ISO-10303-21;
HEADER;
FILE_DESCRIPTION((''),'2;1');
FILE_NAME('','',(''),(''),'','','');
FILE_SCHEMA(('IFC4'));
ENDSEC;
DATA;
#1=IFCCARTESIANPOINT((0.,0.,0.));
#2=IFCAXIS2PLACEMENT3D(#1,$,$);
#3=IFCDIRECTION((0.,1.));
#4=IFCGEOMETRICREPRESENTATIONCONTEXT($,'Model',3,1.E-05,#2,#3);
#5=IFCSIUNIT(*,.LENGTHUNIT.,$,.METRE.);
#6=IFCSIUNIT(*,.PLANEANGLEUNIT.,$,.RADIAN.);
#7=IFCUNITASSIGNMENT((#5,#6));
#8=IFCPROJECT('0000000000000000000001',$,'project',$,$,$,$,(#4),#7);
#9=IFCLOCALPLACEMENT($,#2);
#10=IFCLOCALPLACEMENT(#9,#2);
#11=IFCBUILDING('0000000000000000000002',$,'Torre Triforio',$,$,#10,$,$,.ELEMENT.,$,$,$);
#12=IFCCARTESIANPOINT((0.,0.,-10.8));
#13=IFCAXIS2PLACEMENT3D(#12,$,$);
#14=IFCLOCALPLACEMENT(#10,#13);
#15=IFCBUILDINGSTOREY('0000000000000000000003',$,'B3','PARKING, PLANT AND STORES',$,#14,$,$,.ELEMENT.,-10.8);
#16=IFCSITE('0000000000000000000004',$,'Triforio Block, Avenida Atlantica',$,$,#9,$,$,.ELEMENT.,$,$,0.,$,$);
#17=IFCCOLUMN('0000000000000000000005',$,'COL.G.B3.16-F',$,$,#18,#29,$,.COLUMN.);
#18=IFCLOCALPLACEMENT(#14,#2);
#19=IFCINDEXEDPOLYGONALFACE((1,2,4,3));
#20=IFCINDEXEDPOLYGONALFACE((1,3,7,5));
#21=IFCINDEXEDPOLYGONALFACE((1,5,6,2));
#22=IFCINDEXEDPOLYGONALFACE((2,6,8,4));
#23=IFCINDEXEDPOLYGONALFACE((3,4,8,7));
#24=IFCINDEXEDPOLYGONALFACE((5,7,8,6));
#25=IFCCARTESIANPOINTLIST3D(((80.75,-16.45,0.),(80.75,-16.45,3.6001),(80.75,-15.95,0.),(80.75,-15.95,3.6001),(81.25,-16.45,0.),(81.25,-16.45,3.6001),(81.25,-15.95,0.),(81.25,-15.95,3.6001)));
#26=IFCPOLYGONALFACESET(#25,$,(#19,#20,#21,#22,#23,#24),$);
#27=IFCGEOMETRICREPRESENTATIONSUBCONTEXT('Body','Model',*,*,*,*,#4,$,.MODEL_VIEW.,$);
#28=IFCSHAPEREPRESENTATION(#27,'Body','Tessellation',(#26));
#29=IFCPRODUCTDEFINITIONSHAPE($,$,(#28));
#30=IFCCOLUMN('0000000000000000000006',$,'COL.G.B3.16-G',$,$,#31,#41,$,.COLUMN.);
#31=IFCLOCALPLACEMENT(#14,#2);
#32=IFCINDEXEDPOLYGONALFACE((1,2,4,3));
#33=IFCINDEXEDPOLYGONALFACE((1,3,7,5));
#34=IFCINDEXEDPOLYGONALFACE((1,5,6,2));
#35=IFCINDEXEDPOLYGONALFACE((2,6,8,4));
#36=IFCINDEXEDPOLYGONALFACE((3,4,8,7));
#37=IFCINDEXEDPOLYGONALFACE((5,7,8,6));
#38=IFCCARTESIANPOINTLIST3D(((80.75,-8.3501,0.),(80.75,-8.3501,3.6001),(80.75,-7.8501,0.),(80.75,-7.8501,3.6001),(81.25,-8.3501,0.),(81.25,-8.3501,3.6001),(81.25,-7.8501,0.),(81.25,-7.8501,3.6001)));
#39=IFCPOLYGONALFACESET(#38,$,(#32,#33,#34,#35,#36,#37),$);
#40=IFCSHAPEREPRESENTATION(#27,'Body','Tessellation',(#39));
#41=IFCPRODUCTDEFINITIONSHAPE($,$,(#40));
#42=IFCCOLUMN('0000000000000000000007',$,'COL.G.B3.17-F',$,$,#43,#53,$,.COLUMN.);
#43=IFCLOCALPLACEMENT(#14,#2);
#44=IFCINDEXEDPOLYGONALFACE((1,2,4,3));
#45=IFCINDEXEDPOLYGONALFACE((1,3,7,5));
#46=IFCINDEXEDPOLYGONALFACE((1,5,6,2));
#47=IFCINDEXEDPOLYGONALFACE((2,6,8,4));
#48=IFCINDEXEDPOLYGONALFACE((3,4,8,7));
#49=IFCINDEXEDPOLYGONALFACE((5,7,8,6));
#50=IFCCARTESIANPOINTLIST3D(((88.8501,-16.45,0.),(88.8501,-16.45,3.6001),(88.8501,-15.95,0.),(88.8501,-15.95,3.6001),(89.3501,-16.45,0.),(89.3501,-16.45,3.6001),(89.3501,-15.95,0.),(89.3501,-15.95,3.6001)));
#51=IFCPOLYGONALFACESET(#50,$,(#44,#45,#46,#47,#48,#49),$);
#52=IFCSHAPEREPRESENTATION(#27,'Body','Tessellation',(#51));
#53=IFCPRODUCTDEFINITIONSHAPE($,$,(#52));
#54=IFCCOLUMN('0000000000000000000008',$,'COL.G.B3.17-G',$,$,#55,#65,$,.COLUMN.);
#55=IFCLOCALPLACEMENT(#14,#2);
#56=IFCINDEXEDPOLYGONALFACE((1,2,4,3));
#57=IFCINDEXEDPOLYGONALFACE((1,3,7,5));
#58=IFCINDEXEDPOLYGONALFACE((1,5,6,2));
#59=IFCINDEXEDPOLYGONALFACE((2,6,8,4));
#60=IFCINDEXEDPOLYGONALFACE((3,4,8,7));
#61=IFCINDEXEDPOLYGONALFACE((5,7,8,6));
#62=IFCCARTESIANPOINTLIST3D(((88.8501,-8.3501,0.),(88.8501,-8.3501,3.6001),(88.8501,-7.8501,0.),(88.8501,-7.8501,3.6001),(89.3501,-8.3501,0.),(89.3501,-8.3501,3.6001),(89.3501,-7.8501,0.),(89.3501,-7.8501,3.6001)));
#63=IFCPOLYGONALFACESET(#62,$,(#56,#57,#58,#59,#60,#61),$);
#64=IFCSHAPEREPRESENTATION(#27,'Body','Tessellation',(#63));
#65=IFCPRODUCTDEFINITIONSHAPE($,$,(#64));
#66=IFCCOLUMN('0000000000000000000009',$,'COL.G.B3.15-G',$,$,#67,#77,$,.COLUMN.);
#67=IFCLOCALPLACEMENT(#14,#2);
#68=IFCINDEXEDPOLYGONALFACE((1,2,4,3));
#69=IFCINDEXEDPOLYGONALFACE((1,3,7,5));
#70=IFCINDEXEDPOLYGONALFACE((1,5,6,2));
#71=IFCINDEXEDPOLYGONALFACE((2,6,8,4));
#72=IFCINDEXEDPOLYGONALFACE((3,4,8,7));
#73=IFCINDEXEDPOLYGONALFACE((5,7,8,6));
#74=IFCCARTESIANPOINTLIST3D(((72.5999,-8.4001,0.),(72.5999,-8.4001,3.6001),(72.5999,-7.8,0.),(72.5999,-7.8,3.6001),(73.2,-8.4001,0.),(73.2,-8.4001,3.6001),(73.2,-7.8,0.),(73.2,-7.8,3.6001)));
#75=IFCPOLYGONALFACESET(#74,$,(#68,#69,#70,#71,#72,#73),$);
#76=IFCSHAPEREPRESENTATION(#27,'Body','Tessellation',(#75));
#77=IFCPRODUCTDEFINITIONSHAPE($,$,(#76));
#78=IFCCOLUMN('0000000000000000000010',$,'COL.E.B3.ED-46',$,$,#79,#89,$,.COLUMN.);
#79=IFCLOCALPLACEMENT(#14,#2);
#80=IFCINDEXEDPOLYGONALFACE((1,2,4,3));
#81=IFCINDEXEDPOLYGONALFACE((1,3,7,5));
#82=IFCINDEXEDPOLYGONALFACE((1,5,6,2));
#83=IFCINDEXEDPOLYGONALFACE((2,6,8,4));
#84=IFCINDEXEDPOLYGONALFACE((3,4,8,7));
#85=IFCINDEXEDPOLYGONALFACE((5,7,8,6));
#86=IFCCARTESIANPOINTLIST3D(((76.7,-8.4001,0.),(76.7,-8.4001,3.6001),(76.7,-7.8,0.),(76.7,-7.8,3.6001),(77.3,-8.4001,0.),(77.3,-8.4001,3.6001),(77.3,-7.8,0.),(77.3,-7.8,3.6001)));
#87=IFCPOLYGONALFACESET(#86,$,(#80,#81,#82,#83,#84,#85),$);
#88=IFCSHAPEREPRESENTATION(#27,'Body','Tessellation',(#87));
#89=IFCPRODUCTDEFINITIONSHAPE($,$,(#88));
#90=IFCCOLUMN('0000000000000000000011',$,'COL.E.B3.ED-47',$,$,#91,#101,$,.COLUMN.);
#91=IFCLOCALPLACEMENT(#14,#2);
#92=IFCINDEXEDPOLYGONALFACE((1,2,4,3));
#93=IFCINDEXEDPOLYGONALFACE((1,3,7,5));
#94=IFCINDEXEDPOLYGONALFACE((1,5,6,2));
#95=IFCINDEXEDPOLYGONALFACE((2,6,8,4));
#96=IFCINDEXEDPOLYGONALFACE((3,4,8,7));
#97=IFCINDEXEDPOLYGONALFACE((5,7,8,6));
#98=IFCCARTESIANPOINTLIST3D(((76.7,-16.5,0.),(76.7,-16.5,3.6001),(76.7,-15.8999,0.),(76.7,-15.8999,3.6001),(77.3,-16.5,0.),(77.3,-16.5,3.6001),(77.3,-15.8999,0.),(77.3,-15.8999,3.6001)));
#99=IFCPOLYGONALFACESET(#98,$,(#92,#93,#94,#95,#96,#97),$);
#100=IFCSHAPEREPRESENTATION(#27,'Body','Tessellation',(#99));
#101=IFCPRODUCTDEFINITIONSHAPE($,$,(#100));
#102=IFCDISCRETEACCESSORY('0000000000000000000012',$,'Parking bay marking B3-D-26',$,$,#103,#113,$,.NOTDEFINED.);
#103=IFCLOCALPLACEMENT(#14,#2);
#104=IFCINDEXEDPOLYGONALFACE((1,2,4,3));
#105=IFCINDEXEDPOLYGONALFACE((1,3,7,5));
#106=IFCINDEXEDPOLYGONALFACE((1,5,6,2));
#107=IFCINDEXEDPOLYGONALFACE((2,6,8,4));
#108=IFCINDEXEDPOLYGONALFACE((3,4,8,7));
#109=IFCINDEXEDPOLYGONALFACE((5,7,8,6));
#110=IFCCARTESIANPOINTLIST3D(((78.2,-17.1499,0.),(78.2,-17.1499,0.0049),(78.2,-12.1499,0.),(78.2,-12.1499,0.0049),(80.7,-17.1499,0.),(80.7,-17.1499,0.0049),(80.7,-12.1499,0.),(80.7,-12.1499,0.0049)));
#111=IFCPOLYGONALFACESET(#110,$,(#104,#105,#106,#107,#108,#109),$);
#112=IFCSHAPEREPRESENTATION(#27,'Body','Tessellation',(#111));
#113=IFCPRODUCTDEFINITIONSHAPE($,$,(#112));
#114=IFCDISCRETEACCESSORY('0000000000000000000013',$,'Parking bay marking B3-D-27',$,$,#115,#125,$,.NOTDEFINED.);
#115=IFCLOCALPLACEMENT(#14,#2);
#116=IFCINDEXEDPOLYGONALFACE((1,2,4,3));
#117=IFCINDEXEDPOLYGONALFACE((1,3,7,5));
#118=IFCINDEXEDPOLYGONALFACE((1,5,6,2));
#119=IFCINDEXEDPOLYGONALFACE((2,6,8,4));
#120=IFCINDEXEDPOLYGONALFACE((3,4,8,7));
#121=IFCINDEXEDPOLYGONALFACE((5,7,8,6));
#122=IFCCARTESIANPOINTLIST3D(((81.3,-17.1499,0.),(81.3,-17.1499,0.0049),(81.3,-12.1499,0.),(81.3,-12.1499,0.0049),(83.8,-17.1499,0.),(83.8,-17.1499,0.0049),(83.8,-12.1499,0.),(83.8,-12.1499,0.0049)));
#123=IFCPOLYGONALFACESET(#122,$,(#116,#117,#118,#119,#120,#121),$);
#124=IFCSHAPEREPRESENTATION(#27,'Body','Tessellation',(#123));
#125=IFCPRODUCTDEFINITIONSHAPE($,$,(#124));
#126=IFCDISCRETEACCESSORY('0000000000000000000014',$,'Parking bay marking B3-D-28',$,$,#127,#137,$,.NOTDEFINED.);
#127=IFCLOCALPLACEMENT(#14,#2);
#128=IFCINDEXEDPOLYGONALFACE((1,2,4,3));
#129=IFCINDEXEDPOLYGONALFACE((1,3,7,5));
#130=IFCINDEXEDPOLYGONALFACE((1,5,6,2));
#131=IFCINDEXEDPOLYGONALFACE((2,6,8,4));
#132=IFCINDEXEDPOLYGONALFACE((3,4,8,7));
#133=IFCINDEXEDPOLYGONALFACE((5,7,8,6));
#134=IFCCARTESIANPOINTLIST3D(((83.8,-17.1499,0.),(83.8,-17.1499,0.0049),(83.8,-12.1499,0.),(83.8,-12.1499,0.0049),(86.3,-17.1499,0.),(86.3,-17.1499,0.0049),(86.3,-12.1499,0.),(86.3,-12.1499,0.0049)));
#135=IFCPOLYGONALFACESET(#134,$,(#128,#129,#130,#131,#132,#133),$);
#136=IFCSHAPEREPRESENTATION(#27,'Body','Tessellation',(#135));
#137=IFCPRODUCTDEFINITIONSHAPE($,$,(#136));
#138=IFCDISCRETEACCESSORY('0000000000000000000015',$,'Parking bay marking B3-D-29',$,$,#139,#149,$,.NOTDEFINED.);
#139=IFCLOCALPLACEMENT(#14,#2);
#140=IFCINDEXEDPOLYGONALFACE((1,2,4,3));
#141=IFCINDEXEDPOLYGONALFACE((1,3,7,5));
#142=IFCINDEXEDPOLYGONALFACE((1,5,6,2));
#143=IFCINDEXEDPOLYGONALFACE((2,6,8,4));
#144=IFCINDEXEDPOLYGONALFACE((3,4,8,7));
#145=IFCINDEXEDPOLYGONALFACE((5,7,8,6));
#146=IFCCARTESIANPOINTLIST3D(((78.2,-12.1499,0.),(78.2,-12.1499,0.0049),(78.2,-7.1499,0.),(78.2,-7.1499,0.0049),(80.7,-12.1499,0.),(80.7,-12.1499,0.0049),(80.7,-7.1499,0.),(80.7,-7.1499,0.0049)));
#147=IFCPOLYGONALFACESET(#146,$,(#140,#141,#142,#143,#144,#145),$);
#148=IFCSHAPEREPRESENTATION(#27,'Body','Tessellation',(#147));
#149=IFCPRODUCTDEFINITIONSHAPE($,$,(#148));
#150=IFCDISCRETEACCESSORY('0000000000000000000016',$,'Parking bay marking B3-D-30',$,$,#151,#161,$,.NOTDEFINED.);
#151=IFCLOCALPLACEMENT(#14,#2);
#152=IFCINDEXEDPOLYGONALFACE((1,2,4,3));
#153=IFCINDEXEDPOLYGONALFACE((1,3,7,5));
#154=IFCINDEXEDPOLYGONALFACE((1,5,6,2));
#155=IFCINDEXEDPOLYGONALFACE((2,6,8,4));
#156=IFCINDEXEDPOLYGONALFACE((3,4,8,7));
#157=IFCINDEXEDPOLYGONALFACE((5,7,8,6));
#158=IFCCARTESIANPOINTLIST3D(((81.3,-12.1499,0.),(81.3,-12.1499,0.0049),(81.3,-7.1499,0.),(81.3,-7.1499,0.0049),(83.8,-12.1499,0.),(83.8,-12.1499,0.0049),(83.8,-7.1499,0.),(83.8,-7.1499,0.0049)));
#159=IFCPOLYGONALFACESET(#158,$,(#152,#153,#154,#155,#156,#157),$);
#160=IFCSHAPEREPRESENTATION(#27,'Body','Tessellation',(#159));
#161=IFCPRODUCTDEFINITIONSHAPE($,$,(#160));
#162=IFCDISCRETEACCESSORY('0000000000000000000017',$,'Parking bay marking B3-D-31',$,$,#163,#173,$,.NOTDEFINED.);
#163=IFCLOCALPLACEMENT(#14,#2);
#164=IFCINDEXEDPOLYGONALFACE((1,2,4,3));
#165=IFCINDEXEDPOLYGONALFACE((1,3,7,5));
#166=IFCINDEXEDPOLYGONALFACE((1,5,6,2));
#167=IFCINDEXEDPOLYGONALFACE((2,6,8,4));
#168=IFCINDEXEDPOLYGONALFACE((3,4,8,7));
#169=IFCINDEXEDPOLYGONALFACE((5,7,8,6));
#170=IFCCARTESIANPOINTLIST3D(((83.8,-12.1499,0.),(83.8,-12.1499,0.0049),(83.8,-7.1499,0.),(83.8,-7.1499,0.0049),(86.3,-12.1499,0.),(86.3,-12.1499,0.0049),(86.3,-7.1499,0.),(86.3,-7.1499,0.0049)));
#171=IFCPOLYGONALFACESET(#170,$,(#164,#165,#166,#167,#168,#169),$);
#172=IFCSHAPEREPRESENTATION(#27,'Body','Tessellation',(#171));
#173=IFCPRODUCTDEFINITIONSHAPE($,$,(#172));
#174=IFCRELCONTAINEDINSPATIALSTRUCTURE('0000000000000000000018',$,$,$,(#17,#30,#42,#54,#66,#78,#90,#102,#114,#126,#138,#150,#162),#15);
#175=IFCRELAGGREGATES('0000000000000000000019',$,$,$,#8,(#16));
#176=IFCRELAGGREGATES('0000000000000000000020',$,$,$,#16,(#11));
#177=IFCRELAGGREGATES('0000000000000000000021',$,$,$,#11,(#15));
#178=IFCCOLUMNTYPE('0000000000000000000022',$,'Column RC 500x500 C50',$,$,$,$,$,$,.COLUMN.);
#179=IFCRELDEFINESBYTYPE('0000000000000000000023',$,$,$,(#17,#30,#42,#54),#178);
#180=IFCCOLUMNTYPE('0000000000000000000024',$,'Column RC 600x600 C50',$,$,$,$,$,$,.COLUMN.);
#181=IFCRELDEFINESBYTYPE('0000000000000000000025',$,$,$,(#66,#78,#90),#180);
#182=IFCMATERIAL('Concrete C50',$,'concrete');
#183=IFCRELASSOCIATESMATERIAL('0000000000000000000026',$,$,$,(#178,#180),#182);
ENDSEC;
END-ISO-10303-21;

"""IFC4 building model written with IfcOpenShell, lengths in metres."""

from ifc_helpers import new_model, si_unit, direction, frame, origin, origin_2d, place, context, subcontext, project, spatial, rectangle, extrude, material, material_profile, profile_set, type_object, element, save


model = new_model("IFC4")

# Units and contexts
model_context = context("Model", 3, precision=1e-05, world=origin(), true_north=direction((0.0, 1.0)))
body_context = subcontext(model_context, "Body", "Model", "MODEL_VIEW")
ifc_project = project(units=[si_unit("LENGTHUNIT", "METRE"), si_unit("PLANEANGLEUNIT", "RADIAN")], contexts=[model_context])

# Site, building, storey
site_placement = place(None, origin())
site = spatial("IfcSite", under=ifc_project, at=site_placement, Name="Triforio Block, Avenida Atlantica", CompositionType="ELEMENT", RefElevation=0.0)
building_placement = place(site_placement, origin())
building = spatial("IfcBuilding", under=site, at=building_placement, Name="Torre Triforio", CompositionType="ELEMENT")
storey_placement = place(building_placement, frame((0.0, 0.0, -10.8)))
storey = spatial("IfcBuildingStorey", under=building, at=storey_placement, Name="B3", Description="PARKING, PLANT AND STORES", CompositionType="ELEMENT", Elevation=-10.8)

# Shared definitions
ifc_material_1 = material(Name="Concrete C50", Category="concrete")

# Columns
ifc_material_profile_1 = material_profile(ifc_material_1, rectangle(XDim=0.5, YDim=0.5, at=origin_2d()), Name="RC 500x500")
ifc_profile_set_1 = profile_set([ifc_material_profile_1], Name="Concrete C50")
column_type_1 = type_object("IfcColumnType", Name="Column RC 500x500 C50", PredefinedType="COLUMN", material=ifc_profile_set_1)
for number, where, z_axis, x_axis, name in (
    (1, (81.0, -16.2, 0.0), (0.0, 0.0, 1.0), (1.0, 0.0, 0.0), "COL.G.B3.16-F"),
    (2, (81.0, -8.1001, 0.0), (0.0, 0.0, 1.0), (1.0, 0.0, 0.0), "COL.G.B3.16-G"),
    (3, (89.1001, -16.2, 0.0), (0.0, 0.0, 1.0), (1.0, 0.0, 0.0), "COL.G.B3.17-F"),
    (4, (89.1001, -8.1001, 0.0), (0.0, 0.0, 1.0), (1.0, 0.0, 0.0), "COL.G.B3.17-G"),
):
    element("IfcColumn", number, at=place(storey_placement, frame(where, z_axis=z_axis, x_axis=x_axis)), inside=storey, type_object=column_type_1, Name=name, PredefinedType="COLUMN", context=body_context, shape_type="SweptSolid", body=[
        extrude(rectangle(XDim=0.5, YDim=0.5, at=origin_2d()), origin(), (0.0, 0.0, 1.0), 3.6001),
    ])
ifc_material_profile_2 = material_profile(ifc_material_1, rectangle(XDim=0.6001, YDim=0.6001, at=origin_2d()), Name="RC 600x600")
ifc_profile_set_2 = profile_set([ifc_material_profile_2], Name="Concrete C50")
column_type_2 = type_object("IfcColumnType", Name="Column RC 600x600 C50", PredefinedType="COLUMN", material=ifc_profile_set_2)
for number, where, z_axis, x_axis, name in (
    (5, (72.8999, -8.1001, 0.0), (0.0, 0.0, 1.0), (1.0, 0.0, 0.0), "COL.G.B3.15-G"),
    (6, (77.0, -8.1001, 0.0), (0.0, 0.0, 1.0), (1.0, 0.0, 0.0), "COL.E.B3.ED-46"),
    (7, (77.0, -16.2, 0.0), (0.0, 0.0, 1.0), (1.0, 0.0, 0.0), "COL.E.B3.ED-47"),
):
    element("IfcColumn", number, at=place(storey_placement, frame(where, z_axis=z_axis, x_axis=x_axis)), inside=storey, type_object=column_type_2, Name=name, PredefinedType="COLUMN", context=body_context, shape_type="SweptSolid", body=[
        extrude(rectangle(XDim=0.6001, YDim=0.6001, at=origin_2d()), origin(), (0.0, 0.0, 1.0), 3.6001),
    ])

# Discrete accessories
for number, where, z_axis, x_axis, name in (
    (8, (79.45, -14.6499, 0.0), (0.0, 0.0, 1.0), (1.0, 0.0, 0.0), "Parking bay marking B3-D-26"),
    (9, (82.55, -14.6499, 0.0), (0.0, 0.0, 1.0), (1.0, 0.0, 0.0), "Parking bay marking B3-D-27"),
    (10, (85.05, -14.6499, 0.0), (0.0, 0.0, 1.0), (1.0, 0.0, 0.0), "Parking bay marking B3-D-28"),
    (11, (79.45, -9.6499, 0.0), (0.0, 0.0, 1.0), (1.0, 0.0, 0.0), "Parking bay marking B3-D-29"),
    (12, (82.55, -9.6499, 0.0), (0.0, 0.0, 1.0), (1.0, 0.0, 0.0), "Parking bay marking B3-D-30"),
    (13, (85.05, -9.6499, 0.0), (0.0, 0.0, 1.0), (1.0, 0.0, 0.0), "Parking bay marking B3-D-31"),
):
    element("IfcDiscreteAccessory", number, at=place(storey_placement, frame(where, z_axis=z_axis, x_axis=x_axis)), inside=storey, Name=name, PredefinedType="NOTDEFINED", context=body_context, shape_type="SweptSolid", body=[
        extrude(rectangle(XDim=2.5, YDim=5.0, at=origin_2d()), origin(), (0.0, 0.0, 1.0), 0.0049),
    ])

save(model, "model.ifc")
